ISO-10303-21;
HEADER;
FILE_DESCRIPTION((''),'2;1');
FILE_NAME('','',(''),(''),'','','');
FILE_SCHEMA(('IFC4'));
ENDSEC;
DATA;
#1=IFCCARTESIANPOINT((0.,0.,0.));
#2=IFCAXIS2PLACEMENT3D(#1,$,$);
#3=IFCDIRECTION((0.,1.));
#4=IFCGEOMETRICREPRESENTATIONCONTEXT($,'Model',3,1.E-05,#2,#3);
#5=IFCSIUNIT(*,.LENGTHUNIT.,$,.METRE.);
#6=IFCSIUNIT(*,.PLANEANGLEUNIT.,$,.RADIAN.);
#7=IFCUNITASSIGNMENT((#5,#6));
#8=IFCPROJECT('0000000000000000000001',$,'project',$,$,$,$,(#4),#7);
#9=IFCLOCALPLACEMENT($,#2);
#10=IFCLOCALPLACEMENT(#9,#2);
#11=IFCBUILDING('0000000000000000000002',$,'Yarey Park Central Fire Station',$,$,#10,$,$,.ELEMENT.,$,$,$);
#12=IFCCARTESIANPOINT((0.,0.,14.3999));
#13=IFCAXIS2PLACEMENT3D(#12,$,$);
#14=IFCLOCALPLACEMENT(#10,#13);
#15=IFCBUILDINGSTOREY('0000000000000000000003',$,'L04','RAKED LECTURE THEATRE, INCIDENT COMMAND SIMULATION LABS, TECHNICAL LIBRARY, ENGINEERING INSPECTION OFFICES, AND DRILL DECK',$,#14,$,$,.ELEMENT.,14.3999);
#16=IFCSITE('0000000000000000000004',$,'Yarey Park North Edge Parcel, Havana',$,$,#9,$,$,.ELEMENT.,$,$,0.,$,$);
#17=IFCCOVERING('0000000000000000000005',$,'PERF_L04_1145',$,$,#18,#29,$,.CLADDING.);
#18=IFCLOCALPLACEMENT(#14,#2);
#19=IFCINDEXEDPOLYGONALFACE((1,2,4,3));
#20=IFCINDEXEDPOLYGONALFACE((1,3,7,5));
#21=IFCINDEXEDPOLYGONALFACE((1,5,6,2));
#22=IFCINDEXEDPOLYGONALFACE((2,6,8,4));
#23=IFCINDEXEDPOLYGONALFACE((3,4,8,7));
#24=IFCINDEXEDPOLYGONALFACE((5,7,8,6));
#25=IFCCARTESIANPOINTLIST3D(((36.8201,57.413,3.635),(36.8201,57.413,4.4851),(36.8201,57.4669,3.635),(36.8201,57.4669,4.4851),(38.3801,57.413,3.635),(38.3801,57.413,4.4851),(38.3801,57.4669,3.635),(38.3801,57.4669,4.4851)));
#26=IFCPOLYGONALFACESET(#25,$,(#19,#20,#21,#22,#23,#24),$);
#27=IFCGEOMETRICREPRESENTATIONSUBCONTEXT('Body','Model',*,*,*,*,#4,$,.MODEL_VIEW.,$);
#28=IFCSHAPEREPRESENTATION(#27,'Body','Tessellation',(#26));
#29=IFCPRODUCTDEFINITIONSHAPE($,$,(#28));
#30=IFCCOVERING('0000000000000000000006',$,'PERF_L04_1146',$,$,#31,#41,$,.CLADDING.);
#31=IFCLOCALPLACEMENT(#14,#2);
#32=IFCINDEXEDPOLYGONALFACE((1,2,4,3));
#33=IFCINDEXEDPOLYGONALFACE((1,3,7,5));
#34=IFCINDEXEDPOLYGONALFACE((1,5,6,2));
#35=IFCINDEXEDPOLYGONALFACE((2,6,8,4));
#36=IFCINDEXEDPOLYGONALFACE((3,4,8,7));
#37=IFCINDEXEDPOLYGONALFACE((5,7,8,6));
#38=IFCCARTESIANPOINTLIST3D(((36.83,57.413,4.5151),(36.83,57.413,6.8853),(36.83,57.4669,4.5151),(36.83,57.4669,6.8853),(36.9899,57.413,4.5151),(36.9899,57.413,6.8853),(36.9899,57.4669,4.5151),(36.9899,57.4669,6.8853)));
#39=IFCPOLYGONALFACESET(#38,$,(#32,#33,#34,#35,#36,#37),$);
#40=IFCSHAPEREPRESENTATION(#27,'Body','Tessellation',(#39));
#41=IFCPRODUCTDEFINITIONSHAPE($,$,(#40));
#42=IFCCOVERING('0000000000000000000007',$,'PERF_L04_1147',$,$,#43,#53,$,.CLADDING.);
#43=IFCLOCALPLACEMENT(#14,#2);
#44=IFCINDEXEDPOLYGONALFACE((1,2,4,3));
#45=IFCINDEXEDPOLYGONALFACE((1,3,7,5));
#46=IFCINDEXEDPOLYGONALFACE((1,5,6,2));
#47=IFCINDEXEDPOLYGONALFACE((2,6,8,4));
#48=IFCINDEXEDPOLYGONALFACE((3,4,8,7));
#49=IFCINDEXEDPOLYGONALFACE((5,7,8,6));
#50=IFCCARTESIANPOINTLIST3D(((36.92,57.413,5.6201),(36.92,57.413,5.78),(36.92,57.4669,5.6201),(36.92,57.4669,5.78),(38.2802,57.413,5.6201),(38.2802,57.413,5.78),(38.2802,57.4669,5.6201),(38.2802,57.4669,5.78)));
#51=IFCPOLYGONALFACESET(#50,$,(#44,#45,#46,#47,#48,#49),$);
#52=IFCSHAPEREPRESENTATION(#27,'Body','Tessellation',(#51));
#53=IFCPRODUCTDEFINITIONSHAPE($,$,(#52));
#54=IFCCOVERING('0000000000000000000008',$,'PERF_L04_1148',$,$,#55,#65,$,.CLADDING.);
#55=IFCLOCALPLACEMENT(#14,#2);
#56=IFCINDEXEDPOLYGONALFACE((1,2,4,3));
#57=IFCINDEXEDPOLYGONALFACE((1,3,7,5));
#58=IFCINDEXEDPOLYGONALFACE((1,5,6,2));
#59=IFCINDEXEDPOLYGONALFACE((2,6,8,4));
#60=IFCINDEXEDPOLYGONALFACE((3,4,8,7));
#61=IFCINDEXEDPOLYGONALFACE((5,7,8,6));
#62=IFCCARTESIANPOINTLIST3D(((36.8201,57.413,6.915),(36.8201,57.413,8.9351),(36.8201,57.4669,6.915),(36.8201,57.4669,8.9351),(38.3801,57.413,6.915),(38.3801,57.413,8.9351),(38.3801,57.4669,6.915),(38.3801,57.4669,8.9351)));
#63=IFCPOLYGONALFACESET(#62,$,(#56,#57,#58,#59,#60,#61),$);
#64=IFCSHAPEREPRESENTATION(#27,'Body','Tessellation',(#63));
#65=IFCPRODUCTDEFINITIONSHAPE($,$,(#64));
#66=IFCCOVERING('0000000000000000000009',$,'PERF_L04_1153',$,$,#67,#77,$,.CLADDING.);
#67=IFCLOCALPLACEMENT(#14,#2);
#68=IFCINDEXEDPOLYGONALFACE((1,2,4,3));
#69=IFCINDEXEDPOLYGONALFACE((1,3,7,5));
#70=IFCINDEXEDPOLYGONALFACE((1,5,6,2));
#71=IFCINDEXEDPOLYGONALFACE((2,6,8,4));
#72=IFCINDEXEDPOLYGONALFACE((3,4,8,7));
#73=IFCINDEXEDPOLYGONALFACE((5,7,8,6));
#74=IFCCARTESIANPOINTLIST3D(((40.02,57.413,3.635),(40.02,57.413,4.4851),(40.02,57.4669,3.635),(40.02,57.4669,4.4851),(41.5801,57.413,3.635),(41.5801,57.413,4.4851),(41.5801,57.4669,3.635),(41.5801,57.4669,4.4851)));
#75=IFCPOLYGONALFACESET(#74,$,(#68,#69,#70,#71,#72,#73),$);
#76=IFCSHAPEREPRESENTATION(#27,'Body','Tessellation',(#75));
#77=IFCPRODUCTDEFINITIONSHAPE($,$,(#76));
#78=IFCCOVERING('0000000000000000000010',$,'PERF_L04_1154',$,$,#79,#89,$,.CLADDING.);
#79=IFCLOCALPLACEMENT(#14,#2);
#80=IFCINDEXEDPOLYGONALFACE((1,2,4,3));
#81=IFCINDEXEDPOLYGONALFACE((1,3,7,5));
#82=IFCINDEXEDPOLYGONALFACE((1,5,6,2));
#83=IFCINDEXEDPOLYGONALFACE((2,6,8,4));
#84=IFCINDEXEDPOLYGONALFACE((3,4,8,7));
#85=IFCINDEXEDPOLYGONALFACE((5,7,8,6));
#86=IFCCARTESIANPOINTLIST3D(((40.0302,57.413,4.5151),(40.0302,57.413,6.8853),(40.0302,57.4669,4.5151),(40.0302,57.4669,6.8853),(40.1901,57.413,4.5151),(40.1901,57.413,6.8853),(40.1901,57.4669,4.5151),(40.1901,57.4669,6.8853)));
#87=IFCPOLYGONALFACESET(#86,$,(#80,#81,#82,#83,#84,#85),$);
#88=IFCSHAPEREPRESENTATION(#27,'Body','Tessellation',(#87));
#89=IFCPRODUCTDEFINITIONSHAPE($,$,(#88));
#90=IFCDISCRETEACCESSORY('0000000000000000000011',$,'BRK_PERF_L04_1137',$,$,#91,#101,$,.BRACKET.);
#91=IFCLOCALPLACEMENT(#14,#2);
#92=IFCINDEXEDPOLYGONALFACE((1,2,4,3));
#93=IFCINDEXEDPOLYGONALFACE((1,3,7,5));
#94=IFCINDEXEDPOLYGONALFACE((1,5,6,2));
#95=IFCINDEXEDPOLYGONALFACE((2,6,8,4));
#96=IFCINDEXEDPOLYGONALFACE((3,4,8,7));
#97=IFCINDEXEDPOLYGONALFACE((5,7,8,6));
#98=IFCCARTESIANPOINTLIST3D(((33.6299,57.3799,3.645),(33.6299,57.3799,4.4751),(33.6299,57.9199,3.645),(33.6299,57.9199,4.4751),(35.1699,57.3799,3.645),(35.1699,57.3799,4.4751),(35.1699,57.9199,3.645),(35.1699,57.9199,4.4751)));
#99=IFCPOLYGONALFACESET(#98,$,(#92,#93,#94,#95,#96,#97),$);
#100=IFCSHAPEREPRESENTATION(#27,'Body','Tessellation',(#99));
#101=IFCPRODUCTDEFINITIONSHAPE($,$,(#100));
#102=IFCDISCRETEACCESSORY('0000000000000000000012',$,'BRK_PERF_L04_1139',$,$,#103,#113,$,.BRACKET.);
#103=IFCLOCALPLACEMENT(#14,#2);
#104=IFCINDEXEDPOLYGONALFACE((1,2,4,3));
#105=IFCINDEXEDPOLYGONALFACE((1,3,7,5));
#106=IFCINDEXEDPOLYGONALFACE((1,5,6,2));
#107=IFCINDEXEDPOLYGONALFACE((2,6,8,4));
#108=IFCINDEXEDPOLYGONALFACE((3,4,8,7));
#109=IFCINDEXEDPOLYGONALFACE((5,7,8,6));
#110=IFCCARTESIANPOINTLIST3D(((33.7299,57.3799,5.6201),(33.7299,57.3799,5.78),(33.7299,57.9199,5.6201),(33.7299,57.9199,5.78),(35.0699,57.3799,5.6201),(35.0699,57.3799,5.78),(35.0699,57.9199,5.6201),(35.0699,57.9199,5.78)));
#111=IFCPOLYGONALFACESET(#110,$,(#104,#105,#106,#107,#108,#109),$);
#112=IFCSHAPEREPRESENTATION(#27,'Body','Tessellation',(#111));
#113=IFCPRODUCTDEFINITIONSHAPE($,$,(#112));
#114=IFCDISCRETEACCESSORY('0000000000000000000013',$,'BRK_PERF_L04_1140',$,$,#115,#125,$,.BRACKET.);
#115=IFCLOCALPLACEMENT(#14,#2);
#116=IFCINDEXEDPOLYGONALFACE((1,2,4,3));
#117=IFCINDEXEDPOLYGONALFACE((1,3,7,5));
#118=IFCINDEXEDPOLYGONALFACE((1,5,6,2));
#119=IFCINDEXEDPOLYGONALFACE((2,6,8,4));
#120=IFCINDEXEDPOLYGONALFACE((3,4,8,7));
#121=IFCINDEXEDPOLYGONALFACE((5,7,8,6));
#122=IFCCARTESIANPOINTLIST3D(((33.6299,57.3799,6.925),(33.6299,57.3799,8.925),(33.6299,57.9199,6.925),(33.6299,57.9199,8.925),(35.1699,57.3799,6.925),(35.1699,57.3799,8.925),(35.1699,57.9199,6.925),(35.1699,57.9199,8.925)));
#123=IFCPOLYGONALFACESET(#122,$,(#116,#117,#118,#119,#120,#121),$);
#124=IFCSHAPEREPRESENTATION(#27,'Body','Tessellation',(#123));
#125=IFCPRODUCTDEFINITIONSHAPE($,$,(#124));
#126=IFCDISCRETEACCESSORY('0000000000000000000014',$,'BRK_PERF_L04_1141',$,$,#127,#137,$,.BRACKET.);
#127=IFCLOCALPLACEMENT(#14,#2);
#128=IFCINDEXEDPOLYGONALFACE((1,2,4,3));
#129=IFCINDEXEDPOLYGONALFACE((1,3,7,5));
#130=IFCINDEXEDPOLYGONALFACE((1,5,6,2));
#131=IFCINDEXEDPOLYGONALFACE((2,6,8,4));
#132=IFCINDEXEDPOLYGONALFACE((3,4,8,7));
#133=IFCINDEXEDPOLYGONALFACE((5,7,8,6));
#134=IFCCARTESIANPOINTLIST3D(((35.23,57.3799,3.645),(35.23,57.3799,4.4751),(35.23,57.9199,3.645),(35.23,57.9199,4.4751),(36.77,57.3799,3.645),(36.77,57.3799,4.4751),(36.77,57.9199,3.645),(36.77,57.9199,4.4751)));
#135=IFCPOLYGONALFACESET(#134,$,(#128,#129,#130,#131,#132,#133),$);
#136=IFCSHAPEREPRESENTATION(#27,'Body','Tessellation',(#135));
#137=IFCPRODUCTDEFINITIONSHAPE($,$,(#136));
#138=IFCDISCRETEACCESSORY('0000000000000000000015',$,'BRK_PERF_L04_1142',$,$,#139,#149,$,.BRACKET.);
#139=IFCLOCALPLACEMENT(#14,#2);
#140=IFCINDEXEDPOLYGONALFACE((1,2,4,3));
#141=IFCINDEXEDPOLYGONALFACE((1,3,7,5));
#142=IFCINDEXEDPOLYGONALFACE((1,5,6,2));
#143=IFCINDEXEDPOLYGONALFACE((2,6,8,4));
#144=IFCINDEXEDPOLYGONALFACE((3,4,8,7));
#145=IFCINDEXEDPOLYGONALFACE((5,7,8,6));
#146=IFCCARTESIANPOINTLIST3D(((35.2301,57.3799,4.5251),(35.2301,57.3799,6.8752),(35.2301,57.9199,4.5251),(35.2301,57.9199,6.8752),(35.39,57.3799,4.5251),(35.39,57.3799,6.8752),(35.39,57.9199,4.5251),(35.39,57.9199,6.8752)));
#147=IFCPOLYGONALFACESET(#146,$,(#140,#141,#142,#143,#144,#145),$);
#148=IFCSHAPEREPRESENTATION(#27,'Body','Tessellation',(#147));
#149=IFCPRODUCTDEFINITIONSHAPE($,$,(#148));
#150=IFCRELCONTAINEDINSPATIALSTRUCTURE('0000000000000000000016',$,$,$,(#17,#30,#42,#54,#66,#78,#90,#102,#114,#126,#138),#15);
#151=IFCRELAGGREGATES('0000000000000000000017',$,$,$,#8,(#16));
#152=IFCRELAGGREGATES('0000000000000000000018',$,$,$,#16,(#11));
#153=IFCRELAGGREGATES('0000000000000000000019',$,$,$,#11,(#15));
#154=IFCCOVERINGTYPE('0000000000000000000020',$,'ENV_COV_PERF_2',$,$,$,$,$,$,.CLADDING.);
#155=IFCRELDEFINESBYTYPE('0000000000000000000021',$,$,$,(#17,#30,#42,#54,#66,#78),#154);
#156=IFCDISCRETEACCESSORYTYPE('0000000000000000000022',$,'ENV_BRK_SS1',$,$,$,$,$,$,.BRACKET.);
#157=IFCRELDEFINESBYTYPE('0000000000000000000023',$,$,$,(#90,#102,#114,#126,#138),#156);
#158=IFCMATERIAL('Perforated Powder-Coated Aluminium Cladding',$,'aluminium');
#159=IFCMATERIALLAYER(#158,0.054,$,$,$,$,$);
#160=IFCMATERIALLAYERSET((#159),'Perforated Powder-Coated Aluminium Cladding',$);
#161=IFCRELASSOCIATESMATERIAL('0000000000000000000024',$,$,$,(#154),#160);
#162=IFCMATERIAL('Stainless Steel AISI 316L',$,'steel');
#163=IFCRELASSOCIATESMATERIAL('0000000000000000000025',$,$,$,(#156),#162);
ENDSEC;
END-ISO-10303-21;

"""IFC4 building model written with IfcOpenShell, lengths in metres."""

from ifc_helpers import new_model, si_unit, direction, frame, origin, origin_2d, place, context, subcontext, project, spatial, rectangle, extrude, material, layer, layer_set, type_object, element, save


model = new_model("IFC4")

# Units and contexts
model_context = context("Model", 3, precision=1e-05, world=origin(), true_north=direction((0.0, 1.0)))
body_context = subcontext(model_context, "Body", "Model", "MODEL_VIEW")
ifc_project = project(units=[si_unit("LENGTHUNIT", "METRE"), si_unit("PLANEANGLEUNIT", "RADIAN")], contexts=[model_context])

# Site, building, storey
site_placement = place(None, origin())
site = spatial("IfcSite", under=ifc_project, at=site_placement, Name="Yarey Park North Edge Parcel, Havana", CompositionType="ELEMENT", RefElevation=0.0)
building_placement = place(site_placement, origin())
building = spatial("IfcBuilding", under=site, at=building_placement, Name="Yarey Park Central Fire Station", CompositionType="ELEMENT")
storey_placement = place(building_placement, frame((0.0, 0.0, 14.3999)))
storey = spatial("IfcBuildingStorey", under=building, at=storey_placement, Name="L04", Description="RAKED LECTURE THEATRE, INCIDENT COMMAND SIMULATION LABS, TECHNICAL LIBRARY, ENGINEERING INSPECTION OFFICES, AND DRILL DECK", CompositionType="ELEMENT", Elevation=14.3999)

# Coverings
ifc_material_1 = material(Name="Perforated Powder-Coated Aluminium Cladding", Category="aluminium")
ifc_layer_1 = layer(ifc_material_1, 0.054)
ifc_layer_set_1 = layer_set([ifc_layer_1], Name="Perforated Powder-Coated Aluminium Cladding")
covering_type_1 = type_object("IfcCoveringType", Name="ENV_COV_PERF_2", PredefinedType="CLADDING", material=ifc_layer_set_1)
covering_1_placement = place(storey_placement, frame((37.6001, 57.4399, 3.635), z_axis=(0.0, 0.0, 1.0), x_axis=(1.0, 0.0, 0.0)))
element("IfcCovering", 1, at=covering_1_placement, inside=storey, type_object=covering_type_1, Name="PERF_L04_1145", PredefinedType="CLADDING", context=body_context, shape_type="SweptSolid", body=[
    extrude(rectangle(XDim=1.5601, YDim=0.054, at=origin_2d()), origin(), (0.0, 0.0, 1.0), 0.8501),
])
covering_2_placement = place(storey_placement, frame((36.9099, 57.4399, 4.5151), z_axis=(0.0, 0.0, 1.0), x_axis=(1.0, 0.0, 0.0)))
element("IfcCovering", 2, at=covering_2_placement, inside=storey, type_object=covering_type_1, Name="PERF_L04_1146", PredefinedType="CLADDING", context=body_context, shape_type="SweptSolid", body=[
    extrude(rectangle(XDim=0.1599, YDim=0.054, at=origin_2d()), origin(), (0.0, 0.0, 1.0), 2.3701),
])
covering_3_placement = place(storey_placement, frame((37.6001, 57.4399, 5.6201), z_axis=(0.0, 0.0, 1.0), x_axis=(1.0, 0.0, 0.0)))
element("IfcCovering", 3, at=covering_3_placement, inside=storey, type_object=covering_type_1, Name="PERF_L04_1147", PredefinedType="CLADDING", context=body_context, shape_type="SweptSolid", body=[
    extrude(rectangle(XDim=1.3601, YDim=0.054, at=origin_2d()), origin(), (0.0, 0.0, 1.0), 0.1599),
])
covering_4_placement = place(storey_placement, frame((37.6001, 57.4399, 6.915), z_axis=(0.0, 0.0, 1.0), x_axis=(1.0, 0.0, 0.0)))
element("IfcCovering", 4, at=covering_4_placement, inside=storey, type_object=covering_type_1, Name="PERF_L04_1148", PredefinedType="CLADDING", context=body_context, shape_type="SweptSolid", body=[
    extrude(rectangle(XDim=1.5601, YDim=0.054, at=origin_2d()), origin(), (0.0, 0.0, 1.0), 2.02),
])
covering_5_placement = place(storey_placement, frame((40.8, 57.4399, 3.635), z_axis=(0.0, 0.0, 1.0), x_axis=(1.0, 0.0, 0.0)))
element("IfcCovering", 5, at=covering_5_placement, inside=storey, type_object=covering_type_1, Name="PERF_L04_1153", PredefinedType="CLADDING", context=body_context, shape_type="SweptSolid", body=[
    extrude(rectangle(XDim=1.5601, YDim=0.054, at=origin_2d()), origin(), (0.0, 0.0, 1.0), 0.8501),
])
covering_6_placement = place(storey_placement, frame((40.1101, 57.4399, 4.5151), z_axis=(0.0, 0.0, 1.0), x_axis=(1.0, 0.0, 0.0)))
element("IfcCovering", 6, at=covering_6_placement, inside=storey, type_object=covering_type_1, Name="PERF_L04_1154", PredefinedType="CLADDING", context=body_context, shape_type="SweptSolid", body=[
    extrude(rectangle(XDim=0.1599, YDim=0.054, at=origin_2d()), origin(), (0.0, 0.0, 1.0), 2.3701),
])

# Discrete accessories
ifc_material_2 = material(Name="Stainless Steel AISI 316L", Category="steel")
discrete_accessory_type = type_object("IfcDiscreteAccessoryType", Name="ENV_BRK_SS1", PredefinedType="BRACKET", material=ifc_material_2)
discrete_accessory_1_placement = place(storey_placement, frame((34.3999, 57.6499, 3.645), z_axis=(0.0, 0.0, 1.0), x_axis=(1.0, 0.0, 0.0)))
element("IfcDiscreteAccessory", 7, at=discrete_accessory_1_placement, inside=storey, type_object=discrete_accessory_type, Name="BRK_PERF_L04_1137", PredefinedType="BRACKET", context=body_context, shape_type="SweptSolid", body=[
    extrude(rectangle(XDim=1.54, YDim=0.54, at=origin_2d()), origin(), (0.0, 0.0, 1.0), 0.8301),
])
discrete_accessory_2_placement = place(storey_placement, frame((34.3999, 57.6499, 5.6201), z_axis=(0.0, 0.0, 1.0), x_axis=(1.0, 0.0, 0.0)))
element("IfcDiscreteAccessory", 8, at=discrete_accessory_2_placement, inside=storey, type_object=discrete_accessory_type, Name="BRK_PERF_L04_1139", PredefinedType="BRACKET", context=body_context, shape_type="SweptSolid", body=[
    extrude(rectangle(XDim=1.3401, YDim=0.54, at=origin_2d()), origin(), (0.0, 0.0, 1.0), 0.1599),
])
discrete_accessory_3_placement = place(storey_placement, frame((34.3999, 57.6499, 6.925), z_axis=(0.0, 0.0, 1.0), x_axis=(1.0, 0.0, 0.0)))
element("IfcDiscreteAccessory", 9, at=discrete_accessory_3_placement, inside=storey, type_object=discrete_accessory_type, Name="BRK_PERF_L04_1140", PredefinedType="BRACKET", context=body_context, shape_type="SweptSolid", body=[
    extrude(rectangle(XDim=1.54, YDim=0.54, at=origin_2d()), origin(), (0.0, 0.0, 1.0), 2.0),
])
discrete_accessory_4_placement = place(storey_placement, frame((36.0, 57.6499, 3.645), z_axis=(0.0, 0.0, 1.0), x_axis=(1.0, 0.0, 0.0)))
element("IfcDiscreteAccessory", 10, at=discrete_accessory_4_placement, inside=storey, type_object=discrete_accessory_type, Name="BRK_PERF_L04_1141", PredefinedType="BRACKET", context=body_context, shape_type="SweptSolid", body=[
    extrude(rectangle(XDim=1.54, YDim=0.54, at=origin_2d()), origin(), (0.0, 0.0, 1.0), 0.8301),
])
discrete_accessory_5_placement = place(storey_placement, frame((35.3101, 57.6499, 4.5251), z_axis=(0.0, 0.0, 1.0), x_axis=(1.0, 0.0, 0.0)))
element("IfcDiscreteAccessory", 11, at=discrete_accessory_5_placement, inside=storey, type_object=discrete_accessory_type, Name="BRK_PERF_L04_1142", PredefinedType="BRACKET", context=body_context, shape_type="SweptSolid", body=[
    extrude(rectangle(XDim=0.1599, YDim=0.54, at=origin_2d()), origin(), (0.0, 0.0, 1.0), 2.3501),
])

save(model, "model.ifc")
